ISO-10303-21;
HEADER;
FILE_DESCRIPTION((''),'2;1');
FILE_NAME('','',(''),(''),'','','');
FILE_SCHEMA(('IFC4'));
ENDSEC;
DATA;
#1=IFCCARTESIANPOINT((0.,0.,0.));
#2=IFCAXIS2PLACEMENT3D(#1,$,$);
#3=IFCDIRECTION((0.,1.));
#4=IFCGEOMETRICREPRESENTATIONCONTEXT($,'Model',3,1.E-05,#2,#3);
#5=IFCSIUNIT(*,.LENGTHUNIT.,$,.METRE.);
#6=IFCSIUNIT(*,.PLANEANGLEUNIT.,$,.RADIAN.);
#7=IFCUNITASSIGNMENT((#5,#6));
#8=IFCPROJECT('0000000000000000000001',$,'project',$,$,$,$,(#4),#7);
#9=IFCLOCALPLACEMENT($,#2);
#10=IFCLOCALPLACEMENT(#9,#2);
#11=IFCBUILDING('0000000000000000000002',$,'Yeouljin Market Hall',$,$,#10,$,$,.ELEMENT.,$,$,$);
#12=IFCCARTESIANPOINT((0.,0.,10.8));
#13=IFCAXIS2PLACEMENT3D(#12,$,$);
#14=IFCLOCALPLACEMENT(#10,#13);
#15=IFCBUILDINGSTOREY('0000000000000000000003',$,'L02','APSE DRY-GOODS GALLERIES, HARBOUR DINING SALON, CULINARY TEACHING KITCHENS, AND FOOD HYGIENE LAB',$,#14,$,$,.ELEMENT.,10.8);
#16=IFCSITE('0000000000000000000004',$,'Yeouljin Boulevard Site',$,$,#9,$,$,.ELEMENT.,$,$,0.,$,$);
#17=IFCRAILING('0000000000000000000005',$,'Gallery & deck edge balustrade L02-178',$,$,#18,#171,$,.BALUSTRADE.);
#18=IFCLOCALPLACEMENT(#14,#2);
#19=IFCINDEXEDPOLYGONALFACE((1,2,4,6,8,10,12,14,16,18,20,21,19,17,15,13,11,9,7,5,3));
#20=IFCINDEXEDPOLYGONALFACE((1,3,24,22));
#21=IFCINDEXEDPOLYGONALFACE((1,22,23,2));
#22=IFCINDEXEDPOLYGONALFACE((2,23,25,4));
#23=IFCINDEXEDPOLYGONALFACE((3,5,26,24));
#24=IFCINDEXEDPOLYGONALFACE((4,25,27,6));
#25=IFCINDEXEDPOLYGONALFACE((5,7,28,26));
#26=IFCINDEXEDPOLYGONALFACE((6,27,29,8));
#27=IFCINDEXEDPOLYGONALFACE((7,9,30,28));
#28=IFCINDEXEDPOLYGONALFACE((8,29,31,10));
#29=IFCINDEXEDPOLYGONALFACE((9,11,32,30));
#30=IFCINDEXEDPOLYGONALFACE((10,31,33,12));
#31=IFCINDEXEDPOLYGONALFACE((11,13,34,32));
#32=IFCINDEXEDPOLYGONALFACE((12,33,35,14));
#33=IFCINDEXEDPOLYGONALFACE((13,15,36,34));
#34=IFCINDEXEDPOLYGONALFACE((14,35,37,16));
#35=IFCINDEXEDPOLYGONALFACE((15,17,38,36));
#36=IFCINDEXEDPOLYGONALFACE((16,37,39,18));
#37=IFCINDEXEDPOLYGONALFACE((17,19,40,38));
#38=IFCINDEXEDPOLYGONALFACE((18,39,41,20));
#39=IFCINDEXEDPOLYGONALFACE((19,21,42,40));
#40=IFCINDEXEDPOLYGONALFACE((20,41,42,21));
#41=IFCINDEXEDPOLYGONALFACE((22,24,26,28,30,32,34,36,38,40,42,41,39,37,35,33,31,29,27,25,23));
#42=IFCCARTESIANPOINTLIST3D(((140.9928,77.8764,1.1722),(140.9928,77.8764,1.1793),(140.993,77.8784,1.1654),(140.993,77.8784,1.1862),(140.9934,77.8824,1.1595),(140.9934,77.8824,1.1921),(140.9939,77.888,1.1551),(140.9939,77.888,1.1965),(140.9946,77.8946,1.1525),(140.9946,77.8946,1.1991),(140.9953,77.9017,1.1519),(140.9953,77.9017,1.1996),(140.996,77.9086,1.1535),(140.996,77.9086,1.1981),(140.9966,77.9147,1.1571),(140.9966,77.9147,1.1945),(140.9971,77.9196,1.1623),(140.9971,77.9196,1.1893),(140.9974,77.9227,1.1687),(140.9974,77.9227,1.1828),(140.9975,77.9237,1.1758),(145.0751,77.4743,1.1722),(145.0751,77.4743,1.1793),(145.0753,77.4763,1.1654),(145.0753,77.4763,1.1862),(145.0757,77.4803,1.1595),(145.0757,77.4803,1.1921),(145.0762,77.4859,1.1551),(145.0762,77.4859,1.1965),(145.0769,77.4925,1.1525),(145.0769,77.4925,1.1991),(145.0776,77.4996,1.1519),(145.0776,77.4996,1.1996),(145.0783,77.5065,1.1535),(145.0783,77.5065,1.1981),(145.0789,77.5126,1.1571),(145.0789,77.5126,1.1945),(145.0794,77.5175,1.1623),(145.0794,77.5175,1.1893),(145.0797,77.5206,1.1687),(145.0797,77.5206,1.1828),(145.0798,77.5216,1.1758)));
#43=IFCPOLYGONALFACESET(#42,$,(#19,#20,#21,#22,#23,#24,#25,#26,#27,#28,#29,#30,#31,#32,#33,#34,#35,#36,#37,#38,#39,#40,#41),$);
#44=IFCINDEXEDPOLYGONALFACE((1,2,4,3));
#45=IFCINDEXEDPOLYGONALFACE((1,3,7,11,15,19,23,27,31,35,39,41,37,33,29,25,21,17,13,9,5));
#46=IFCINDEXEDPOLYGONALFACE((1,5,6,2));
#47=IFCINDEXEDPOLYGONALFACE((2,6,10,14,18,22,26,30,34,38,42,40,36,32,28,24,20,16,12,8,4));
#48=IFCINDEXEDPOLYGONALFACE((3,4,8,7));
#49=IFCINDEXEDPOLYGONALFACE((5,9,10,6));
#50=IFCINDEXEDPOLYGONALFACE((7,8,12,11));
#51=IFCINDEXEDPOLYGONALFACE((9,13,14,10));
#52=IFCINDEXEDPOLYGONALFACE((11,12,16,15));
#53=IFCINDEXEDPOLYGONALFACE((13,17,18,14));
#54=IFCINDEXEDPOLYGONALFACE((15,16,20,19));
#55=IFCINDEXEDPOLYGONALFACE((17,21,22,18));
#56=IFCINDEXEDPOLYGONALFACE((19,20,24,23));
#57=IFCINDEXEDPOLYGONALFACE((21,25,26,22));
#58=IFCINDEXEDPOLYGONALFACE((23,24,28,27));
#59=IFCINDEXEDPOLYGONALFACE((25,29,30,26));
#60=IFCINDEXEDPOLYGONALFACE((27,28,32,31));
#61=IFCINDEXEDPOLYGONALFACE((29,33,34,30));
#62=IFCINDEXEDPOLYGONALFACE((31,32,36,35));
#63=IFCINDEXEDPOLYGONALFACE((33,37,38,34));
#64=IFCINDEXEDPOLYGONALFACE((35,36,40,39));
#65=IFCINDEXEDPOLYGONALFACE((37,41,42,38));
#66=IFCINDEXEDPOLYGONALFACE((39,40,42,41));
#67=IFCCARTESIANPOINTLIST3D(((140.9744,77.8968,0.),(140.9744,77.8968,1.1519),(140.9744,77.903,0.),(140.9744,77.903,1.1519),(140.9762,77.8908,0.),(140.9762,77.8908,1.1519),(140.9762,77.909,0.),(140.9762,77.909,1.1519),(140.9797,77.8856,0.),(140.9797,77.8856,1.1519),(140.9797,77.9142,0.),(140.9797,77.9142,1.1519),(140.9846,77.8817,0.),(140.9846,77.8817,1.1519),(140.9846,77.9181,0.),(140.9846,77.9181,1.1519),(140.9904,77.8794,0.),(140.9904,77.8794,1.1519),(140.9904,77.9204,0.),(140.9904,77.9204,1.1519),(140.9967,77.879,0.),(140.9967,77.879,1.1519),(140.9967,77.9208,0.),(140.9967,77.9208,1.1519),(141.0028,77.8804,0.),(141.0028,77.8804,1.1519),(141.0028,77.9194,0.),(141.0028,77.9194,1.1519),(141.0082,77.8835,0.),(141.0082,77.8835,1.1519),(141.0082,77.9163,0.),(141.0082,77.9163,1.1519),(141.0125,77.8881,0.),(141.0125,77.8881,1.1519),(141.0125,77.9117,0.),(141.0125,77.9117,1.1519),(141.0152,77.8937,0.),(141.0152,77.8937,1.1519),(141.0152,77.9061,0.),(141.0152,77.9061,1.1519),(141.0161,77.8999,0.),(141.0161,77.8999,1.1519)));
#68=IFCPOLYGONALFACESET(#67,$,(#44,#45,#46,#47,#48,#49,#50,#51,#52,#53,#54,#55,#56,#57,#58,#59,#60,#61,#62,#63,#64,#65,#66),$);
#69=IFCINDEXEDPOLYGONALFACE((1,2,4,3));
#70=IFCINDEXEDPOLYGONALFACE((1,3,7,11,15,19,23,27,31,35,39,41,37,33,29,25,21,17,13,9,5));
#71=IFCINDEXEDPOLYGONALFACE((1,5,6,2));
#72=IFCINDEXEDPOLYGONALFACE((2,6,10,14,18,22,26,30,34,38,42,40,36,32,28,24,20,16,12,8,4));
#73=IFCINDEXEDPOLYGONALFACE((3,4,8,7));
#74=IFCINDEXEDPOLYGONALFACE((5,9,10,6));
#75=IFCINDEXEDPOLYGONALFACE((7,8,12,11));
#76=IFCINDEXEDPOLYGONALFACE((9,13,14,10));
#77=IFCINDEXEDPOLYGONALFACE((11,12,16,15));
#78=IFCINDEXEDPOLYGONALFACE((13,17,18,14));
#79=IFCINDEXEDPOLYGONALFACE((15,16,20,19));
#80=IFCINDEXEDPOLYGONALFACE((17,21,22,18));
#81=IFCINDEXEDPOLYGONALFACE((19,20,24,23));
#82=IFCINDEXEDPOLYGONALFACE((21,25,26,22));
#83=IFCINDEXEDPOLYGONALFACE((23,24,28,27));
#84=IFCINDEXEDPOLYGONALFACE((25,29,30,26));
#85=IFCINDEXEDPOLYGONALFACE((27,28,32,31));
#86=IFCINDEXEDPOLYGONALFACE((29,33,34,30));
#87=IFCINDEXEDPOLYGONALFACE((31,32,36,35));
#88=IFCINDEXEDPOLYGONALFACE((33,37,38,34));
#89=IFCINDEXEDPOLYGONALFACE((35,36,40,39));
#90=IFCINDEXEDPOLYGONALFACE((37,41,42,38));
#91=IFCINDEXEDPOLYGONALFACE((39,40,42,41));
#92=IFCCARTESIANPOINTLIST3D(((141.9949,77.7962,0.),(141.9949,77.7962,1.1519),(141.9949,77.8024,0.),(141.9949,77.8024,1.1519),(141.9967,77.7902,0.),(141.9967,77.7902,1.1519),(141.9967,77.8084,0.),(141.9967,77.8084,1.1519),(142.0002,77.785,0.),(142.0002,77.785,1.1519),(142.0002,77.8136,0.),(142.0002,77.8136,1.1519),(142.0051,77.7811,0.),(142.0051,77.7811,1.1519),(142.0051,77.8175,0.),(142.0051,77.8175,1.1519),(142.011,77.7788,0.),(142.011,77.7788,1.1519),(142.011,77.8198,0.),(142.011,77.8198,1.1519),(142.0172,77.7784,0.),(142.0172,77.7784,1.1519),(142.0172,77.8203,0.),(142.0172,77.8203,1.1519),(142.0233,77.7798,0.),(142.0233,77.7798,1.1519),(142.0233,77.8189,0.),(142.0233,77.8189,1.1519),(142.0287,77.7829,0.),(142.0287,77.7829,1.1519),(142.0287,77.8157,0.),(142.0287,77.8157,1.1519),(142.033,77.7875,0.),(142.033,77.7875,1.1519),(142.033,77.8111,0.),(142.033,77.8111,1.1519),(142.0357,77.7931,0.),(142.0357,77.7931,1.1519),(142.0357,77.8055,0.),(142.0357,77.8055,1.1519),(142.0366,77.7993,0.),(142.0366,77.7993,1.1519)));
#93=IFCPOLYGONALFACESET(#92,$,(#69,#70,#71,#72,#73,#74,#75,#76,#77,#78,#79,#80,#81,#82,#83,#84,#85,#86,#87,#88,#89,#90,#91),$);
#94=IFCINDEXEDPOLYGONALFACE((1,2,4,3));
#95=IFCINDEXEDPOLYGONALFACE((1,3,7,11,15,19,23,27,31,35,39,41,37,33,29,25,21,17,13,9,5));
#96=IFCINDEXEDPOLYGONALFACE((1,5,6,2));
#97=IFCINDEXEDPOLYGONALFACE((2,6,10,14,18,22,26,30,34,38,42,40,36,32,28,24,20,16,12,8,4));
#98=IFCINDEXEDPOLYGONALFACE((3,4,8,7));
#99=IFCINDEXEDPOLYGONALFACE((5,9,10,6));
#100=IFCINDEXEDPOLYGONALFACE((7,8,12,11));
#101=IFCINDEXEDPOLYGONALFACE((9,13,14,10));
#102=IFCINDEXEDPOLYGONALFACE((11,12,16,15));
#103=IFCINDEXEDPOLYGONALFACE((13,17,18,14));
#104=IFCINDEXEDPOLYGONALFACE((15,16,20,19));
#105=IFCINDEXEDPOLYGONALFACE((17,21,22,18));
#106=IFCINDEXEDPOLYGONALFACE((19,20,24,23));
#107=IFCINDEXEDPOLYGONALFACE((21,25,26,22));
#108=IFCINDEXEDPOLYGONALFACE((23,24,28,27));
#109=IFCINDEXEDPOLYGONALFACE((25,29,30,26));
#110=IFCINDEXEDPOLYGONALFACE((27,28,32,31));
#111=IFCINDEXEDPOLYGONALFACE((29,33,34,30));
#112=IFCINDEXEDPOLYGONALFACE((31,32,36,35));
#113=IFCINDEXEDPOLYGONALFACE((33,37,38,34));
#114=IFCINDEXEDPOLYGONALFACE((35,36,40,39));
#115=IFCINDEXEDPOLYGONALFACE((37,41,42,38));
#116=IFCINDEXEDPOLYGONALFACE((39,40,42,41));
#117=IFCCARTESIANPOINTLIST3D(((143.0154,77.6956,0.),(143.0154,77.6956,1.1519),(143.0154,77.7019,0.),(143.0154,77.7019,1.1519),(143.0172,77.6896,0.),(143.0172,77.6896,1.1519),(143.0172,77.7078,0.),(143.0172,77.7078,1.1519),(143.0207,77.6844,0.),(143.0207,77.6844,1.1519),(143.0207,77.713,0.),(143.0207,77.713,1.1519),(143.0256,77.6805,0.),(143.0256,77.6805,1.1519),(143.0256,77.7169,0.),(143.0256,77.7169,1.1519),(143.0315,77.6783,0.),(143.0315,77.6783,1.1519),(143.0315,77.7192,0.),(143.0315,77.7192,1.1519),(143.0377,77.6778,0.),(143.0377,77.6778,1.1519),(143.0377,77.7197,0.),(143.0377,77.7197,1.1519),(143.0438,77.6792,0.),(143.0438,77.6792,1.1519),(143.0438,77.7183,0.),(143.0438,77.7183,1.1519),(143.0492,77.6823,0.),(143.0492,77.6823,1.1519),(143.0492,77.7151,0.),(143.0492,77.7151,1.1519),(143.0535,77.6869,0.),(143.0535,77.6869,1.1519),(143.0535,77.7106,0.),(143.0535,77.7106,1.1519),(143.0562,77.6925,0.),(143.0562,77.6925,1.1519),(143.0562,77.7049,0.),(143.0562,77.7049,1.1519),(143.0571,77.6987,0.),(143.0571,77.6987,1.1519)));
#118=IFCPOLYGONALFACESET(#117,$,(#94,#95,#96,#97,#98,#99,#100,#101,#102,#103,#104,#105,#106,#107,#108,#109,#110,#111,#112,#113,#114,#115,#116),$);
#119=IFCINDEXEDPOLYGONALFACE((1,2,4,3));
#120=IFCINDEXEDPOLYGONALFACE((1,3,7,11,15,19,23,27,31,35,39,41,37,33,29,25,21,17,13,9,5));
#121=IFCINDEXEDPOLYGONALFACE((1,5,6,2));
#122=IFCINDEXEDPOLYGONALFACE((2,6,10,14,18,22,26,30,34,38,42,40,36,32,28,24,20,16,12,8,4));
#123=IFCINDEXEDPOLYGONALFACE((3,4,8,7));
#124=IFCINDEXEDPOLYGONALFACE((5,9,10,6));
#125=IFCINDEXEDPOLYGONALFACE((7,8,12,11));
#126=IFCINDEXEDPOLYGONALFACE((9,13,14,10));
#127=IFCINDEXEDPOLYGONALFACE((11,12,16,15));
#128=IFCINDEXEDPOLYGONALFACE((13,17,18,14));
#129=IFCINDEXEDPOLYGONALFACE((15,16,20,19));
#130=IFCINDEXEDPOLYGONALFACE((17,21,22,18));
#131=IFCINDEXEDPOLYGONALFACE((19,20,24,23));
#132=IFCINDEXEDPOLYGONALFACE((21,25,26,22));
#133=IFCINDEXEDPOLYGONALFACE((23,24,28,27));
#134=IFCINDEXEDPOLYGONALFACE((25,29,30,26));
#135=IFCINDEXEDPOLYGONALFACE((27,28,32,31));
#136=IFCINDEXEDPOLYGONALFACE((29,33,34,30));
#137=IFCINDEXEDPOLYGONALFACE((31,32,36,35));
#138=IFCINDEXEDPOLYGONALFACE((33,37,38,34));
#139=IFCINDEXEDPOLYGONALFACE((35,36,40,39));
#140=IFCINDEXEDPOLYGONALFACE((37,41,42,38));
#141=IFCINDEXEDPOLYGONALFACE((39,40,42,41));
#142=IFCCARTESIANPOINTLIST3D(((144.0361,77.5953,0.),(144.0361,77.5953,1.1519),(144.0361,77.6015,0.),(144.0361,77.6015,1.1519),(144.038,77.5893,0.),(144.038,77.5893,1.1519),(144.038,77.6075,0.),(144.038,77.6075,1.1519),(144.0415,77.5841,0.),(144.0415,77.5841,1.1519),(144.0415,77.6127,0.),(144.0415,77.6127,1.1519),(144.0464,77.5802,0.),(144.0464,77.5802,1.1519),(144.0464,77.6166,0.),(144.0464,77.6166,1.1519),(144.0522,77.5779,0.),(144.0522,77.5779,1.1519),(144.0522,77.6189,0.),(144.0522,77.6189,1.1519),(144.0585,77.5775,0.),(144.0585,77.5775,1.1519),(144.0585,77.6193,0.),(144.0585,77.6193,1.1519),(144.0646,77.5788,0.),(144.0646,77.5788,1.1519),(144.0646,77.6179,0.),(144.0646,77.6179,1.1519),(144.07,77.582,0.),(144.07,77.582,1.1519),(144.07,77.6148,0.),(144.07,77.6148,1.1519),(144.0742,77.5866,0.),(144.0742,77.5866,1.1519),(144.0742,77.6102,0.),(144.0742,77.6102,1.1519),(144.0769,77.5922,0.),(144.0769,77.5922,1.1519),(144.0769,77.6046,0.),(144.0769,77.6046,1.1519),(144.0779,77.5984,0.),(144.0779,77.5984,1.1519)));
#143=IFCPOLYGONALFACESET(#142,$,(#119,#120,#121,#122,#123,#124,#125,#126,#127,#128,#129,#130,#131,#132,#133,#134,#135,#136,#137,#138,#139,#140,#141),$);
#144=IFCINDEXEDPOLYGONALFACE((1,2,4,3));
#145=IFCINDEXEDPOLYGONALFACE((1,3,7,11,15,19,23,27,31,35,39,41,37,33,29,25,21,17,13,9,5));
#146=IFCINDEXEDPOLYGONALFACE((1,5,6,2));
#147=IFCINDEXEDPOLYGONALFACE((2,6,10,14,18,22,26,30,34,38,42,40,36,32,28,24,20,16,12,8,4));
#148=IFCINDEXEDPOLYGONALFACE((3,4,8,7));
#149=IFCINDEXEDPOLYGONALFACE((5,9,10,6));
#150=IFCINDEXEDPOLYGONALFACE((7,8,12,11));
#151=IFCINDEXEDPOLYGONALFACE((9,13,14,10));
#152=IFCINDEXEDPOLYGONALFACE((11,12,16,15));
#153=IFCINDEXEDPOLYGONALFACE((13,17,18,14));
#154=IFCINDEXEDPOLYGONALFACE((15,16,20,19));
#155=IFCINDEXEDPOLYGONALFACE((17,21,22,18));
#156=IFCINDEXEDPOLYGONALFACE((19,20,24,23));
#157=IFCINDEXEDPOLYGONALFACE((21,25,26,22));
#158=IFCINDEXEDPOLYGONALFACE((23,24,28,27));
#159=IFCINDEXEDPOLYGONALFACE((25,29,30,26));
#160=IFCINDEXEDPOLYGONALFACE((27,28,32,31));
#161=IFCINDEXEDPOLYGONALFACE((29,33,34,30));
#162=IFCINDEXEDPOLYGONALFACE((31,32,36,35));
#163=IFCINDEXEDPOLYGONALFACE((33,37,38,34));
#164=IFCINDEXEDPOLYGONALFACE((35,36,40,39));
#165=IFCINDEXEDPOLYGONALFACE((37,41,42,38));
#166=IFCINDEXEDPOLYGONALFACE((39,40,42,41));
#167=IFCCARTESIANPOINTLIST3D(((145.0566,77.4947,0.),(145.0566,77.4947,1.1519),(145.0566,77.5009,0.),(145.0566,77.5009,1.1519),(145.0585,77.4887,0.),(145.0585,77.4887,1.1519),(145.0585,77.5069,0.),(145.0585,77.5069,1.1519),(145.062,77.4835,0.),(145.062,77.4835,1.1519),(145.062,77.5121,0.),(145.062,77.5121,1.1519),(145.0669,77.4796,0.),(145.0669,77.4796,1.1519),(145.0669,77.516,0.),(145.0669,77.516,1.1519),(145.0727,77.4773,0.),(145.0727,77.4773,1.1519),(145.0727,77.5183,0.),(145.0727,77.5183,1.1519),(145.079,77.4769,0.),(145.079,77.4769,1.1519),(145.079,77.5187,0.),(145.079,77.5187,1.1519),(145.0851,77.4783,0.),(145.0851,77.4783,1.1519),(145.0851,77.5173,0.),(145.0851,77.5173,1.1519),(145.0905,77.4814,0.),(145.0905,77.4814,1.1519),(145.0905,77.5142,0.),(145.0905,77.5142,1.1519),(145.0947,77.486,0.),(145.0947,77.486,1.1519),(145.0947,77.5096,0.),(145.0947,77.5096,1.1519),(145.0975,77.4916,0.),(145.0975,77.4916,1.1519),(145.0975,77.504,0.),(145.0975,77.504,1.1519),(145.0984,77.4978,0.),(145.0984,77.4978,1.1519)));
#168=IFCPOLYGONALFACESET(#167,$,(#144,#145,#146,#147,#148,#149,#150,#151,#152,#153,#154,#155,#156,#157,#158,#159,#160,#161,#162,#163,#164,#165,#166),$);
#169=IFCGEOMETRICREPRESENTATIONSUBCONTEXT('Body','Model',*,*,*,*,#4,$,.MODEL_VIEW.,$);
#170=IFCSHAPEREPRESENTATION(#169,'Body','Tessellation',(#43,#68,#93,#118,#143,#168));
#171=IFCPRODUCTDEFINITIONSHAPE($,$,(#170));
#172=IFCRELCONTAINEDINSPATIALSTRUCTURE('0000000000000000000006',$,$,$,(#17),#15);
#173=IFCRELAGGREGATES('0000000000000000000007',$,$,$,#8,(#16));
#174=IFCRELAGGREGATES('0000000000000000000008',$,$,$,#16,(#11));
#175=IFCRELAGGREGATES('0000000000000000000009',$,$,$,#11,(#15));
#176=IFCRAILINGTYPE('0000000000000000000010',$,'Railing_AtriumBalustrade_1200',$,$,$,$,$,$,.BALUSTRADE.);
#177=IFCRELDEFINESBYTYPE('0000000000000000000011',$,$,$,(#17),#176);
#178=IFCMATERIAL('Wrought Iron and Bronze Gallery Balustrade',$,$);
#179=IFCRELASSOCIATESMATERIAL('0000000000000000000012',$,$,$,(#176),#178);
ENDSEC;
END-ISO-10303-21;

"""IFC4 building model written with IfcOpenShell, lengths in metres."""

from ifc_helpers import new_model, si_unit, direction, frame, origin, origin_2d, place, context, subcontext, project, spatial, circle, extrude, material, type_object, element, save


model = new_model("IFC4")

# Units and contexts
model_context = context("Model", 3, precision=1e-05, world=origin(), true_north=direction((0.0, 1.0)))
body_context = subcontext(model_context, "Body", "Model", "MODEL_VIEW")
ifc_project = project(units=[si_unit("LENGTHUNIT", "METRE"), si_unit("PLANEANGLEUNIT", "RADIAN")], contexts=[model_context])

# Site, building, storey
site_placement = place(None, origin())
site = spatial("IfcSite", under=ifc_project, at=site_placement, Name="Yeouljin Boulevard Site", CompositionType="ELEMENT", RefElevation=0.0)
building_placement = place(site_placement, origin())
building = spatial("IfcBuilding", under=site, at=building_placement, Name="Yeouljin Market Hall", CompositionType="ELEMENT")
storey_placement = place(building_placement, frame((0.0, 0.0, 10.8)))
storey = spatial("IfcBuildingStorey", under=building, at=storey_placement, Name="L02", Description="APSE DRY-GOODS GALLERIES, HARBOUR DINING SALON, CULINARY TEACHING KITCHENS, AND FOOD HYGIENE LAB", CompositionType="ELEMENT", Elevation=10.8)

# Railing
ifc_material_1 = material(Name="Wrought Iron and Bronze Gallery Balustrade")
railing_type = type_object("IfcRailingType", Name="Railing_AtriumBalustrade_1200", PredefinedType="BALUSTRADE", material=ifc_material_1)
railing_1_placement = place(storey_placement, frame((140.9951, 77.8999, 0.0)))
element("IfcRailing", 1, at=railing_1_placement, inside=storey, type_object=railing_type, Name="Gallery & deck edge balustrade L02-178", PredefinedType="BALUSTRADE", context=body_context, shape_type="SweptSolid", body=[
    extrude(circle(Radius=0.0239, at=origin_2d()), frame((0.0, 0.0, 1.1758), z_axis=(0.995184, -0.098025, 0.0), x_axis=(0.098025, 0.995184, 0.0)), (0.0, 0.0, 1.0), 4.1021),
    extrude(circle(Radius=0.021, at=origin_2d()), origin(), (0.0, 0.0, 1.0), 1.1519),
    extrude(circle(Radius=0.021, at=origin_2d()), frame((1.0205, -0.1006, 0.0)), (0.0, 0.0, 1.0), 1.1519),
    extrude(circle(Radius=0.021, at=origin_2d()), frame((2.041, -0.2012, 0.0)), (0.0, 0.0, 1.0), 1.1519),
    extrude(circle(Radius=0.021, at=origin_2d()), frame((3.0618, -0.3015, 0.0)), (0.0, 0.0, 1.0), 1.1519),
    extrude(circle(Radius=0.021, at=origin_2d()), frame((4.0823, -0.4021, 0.0)), (0.0, 0.0, 1.0), 1.1519),
])

save(model, "model.ifc")
